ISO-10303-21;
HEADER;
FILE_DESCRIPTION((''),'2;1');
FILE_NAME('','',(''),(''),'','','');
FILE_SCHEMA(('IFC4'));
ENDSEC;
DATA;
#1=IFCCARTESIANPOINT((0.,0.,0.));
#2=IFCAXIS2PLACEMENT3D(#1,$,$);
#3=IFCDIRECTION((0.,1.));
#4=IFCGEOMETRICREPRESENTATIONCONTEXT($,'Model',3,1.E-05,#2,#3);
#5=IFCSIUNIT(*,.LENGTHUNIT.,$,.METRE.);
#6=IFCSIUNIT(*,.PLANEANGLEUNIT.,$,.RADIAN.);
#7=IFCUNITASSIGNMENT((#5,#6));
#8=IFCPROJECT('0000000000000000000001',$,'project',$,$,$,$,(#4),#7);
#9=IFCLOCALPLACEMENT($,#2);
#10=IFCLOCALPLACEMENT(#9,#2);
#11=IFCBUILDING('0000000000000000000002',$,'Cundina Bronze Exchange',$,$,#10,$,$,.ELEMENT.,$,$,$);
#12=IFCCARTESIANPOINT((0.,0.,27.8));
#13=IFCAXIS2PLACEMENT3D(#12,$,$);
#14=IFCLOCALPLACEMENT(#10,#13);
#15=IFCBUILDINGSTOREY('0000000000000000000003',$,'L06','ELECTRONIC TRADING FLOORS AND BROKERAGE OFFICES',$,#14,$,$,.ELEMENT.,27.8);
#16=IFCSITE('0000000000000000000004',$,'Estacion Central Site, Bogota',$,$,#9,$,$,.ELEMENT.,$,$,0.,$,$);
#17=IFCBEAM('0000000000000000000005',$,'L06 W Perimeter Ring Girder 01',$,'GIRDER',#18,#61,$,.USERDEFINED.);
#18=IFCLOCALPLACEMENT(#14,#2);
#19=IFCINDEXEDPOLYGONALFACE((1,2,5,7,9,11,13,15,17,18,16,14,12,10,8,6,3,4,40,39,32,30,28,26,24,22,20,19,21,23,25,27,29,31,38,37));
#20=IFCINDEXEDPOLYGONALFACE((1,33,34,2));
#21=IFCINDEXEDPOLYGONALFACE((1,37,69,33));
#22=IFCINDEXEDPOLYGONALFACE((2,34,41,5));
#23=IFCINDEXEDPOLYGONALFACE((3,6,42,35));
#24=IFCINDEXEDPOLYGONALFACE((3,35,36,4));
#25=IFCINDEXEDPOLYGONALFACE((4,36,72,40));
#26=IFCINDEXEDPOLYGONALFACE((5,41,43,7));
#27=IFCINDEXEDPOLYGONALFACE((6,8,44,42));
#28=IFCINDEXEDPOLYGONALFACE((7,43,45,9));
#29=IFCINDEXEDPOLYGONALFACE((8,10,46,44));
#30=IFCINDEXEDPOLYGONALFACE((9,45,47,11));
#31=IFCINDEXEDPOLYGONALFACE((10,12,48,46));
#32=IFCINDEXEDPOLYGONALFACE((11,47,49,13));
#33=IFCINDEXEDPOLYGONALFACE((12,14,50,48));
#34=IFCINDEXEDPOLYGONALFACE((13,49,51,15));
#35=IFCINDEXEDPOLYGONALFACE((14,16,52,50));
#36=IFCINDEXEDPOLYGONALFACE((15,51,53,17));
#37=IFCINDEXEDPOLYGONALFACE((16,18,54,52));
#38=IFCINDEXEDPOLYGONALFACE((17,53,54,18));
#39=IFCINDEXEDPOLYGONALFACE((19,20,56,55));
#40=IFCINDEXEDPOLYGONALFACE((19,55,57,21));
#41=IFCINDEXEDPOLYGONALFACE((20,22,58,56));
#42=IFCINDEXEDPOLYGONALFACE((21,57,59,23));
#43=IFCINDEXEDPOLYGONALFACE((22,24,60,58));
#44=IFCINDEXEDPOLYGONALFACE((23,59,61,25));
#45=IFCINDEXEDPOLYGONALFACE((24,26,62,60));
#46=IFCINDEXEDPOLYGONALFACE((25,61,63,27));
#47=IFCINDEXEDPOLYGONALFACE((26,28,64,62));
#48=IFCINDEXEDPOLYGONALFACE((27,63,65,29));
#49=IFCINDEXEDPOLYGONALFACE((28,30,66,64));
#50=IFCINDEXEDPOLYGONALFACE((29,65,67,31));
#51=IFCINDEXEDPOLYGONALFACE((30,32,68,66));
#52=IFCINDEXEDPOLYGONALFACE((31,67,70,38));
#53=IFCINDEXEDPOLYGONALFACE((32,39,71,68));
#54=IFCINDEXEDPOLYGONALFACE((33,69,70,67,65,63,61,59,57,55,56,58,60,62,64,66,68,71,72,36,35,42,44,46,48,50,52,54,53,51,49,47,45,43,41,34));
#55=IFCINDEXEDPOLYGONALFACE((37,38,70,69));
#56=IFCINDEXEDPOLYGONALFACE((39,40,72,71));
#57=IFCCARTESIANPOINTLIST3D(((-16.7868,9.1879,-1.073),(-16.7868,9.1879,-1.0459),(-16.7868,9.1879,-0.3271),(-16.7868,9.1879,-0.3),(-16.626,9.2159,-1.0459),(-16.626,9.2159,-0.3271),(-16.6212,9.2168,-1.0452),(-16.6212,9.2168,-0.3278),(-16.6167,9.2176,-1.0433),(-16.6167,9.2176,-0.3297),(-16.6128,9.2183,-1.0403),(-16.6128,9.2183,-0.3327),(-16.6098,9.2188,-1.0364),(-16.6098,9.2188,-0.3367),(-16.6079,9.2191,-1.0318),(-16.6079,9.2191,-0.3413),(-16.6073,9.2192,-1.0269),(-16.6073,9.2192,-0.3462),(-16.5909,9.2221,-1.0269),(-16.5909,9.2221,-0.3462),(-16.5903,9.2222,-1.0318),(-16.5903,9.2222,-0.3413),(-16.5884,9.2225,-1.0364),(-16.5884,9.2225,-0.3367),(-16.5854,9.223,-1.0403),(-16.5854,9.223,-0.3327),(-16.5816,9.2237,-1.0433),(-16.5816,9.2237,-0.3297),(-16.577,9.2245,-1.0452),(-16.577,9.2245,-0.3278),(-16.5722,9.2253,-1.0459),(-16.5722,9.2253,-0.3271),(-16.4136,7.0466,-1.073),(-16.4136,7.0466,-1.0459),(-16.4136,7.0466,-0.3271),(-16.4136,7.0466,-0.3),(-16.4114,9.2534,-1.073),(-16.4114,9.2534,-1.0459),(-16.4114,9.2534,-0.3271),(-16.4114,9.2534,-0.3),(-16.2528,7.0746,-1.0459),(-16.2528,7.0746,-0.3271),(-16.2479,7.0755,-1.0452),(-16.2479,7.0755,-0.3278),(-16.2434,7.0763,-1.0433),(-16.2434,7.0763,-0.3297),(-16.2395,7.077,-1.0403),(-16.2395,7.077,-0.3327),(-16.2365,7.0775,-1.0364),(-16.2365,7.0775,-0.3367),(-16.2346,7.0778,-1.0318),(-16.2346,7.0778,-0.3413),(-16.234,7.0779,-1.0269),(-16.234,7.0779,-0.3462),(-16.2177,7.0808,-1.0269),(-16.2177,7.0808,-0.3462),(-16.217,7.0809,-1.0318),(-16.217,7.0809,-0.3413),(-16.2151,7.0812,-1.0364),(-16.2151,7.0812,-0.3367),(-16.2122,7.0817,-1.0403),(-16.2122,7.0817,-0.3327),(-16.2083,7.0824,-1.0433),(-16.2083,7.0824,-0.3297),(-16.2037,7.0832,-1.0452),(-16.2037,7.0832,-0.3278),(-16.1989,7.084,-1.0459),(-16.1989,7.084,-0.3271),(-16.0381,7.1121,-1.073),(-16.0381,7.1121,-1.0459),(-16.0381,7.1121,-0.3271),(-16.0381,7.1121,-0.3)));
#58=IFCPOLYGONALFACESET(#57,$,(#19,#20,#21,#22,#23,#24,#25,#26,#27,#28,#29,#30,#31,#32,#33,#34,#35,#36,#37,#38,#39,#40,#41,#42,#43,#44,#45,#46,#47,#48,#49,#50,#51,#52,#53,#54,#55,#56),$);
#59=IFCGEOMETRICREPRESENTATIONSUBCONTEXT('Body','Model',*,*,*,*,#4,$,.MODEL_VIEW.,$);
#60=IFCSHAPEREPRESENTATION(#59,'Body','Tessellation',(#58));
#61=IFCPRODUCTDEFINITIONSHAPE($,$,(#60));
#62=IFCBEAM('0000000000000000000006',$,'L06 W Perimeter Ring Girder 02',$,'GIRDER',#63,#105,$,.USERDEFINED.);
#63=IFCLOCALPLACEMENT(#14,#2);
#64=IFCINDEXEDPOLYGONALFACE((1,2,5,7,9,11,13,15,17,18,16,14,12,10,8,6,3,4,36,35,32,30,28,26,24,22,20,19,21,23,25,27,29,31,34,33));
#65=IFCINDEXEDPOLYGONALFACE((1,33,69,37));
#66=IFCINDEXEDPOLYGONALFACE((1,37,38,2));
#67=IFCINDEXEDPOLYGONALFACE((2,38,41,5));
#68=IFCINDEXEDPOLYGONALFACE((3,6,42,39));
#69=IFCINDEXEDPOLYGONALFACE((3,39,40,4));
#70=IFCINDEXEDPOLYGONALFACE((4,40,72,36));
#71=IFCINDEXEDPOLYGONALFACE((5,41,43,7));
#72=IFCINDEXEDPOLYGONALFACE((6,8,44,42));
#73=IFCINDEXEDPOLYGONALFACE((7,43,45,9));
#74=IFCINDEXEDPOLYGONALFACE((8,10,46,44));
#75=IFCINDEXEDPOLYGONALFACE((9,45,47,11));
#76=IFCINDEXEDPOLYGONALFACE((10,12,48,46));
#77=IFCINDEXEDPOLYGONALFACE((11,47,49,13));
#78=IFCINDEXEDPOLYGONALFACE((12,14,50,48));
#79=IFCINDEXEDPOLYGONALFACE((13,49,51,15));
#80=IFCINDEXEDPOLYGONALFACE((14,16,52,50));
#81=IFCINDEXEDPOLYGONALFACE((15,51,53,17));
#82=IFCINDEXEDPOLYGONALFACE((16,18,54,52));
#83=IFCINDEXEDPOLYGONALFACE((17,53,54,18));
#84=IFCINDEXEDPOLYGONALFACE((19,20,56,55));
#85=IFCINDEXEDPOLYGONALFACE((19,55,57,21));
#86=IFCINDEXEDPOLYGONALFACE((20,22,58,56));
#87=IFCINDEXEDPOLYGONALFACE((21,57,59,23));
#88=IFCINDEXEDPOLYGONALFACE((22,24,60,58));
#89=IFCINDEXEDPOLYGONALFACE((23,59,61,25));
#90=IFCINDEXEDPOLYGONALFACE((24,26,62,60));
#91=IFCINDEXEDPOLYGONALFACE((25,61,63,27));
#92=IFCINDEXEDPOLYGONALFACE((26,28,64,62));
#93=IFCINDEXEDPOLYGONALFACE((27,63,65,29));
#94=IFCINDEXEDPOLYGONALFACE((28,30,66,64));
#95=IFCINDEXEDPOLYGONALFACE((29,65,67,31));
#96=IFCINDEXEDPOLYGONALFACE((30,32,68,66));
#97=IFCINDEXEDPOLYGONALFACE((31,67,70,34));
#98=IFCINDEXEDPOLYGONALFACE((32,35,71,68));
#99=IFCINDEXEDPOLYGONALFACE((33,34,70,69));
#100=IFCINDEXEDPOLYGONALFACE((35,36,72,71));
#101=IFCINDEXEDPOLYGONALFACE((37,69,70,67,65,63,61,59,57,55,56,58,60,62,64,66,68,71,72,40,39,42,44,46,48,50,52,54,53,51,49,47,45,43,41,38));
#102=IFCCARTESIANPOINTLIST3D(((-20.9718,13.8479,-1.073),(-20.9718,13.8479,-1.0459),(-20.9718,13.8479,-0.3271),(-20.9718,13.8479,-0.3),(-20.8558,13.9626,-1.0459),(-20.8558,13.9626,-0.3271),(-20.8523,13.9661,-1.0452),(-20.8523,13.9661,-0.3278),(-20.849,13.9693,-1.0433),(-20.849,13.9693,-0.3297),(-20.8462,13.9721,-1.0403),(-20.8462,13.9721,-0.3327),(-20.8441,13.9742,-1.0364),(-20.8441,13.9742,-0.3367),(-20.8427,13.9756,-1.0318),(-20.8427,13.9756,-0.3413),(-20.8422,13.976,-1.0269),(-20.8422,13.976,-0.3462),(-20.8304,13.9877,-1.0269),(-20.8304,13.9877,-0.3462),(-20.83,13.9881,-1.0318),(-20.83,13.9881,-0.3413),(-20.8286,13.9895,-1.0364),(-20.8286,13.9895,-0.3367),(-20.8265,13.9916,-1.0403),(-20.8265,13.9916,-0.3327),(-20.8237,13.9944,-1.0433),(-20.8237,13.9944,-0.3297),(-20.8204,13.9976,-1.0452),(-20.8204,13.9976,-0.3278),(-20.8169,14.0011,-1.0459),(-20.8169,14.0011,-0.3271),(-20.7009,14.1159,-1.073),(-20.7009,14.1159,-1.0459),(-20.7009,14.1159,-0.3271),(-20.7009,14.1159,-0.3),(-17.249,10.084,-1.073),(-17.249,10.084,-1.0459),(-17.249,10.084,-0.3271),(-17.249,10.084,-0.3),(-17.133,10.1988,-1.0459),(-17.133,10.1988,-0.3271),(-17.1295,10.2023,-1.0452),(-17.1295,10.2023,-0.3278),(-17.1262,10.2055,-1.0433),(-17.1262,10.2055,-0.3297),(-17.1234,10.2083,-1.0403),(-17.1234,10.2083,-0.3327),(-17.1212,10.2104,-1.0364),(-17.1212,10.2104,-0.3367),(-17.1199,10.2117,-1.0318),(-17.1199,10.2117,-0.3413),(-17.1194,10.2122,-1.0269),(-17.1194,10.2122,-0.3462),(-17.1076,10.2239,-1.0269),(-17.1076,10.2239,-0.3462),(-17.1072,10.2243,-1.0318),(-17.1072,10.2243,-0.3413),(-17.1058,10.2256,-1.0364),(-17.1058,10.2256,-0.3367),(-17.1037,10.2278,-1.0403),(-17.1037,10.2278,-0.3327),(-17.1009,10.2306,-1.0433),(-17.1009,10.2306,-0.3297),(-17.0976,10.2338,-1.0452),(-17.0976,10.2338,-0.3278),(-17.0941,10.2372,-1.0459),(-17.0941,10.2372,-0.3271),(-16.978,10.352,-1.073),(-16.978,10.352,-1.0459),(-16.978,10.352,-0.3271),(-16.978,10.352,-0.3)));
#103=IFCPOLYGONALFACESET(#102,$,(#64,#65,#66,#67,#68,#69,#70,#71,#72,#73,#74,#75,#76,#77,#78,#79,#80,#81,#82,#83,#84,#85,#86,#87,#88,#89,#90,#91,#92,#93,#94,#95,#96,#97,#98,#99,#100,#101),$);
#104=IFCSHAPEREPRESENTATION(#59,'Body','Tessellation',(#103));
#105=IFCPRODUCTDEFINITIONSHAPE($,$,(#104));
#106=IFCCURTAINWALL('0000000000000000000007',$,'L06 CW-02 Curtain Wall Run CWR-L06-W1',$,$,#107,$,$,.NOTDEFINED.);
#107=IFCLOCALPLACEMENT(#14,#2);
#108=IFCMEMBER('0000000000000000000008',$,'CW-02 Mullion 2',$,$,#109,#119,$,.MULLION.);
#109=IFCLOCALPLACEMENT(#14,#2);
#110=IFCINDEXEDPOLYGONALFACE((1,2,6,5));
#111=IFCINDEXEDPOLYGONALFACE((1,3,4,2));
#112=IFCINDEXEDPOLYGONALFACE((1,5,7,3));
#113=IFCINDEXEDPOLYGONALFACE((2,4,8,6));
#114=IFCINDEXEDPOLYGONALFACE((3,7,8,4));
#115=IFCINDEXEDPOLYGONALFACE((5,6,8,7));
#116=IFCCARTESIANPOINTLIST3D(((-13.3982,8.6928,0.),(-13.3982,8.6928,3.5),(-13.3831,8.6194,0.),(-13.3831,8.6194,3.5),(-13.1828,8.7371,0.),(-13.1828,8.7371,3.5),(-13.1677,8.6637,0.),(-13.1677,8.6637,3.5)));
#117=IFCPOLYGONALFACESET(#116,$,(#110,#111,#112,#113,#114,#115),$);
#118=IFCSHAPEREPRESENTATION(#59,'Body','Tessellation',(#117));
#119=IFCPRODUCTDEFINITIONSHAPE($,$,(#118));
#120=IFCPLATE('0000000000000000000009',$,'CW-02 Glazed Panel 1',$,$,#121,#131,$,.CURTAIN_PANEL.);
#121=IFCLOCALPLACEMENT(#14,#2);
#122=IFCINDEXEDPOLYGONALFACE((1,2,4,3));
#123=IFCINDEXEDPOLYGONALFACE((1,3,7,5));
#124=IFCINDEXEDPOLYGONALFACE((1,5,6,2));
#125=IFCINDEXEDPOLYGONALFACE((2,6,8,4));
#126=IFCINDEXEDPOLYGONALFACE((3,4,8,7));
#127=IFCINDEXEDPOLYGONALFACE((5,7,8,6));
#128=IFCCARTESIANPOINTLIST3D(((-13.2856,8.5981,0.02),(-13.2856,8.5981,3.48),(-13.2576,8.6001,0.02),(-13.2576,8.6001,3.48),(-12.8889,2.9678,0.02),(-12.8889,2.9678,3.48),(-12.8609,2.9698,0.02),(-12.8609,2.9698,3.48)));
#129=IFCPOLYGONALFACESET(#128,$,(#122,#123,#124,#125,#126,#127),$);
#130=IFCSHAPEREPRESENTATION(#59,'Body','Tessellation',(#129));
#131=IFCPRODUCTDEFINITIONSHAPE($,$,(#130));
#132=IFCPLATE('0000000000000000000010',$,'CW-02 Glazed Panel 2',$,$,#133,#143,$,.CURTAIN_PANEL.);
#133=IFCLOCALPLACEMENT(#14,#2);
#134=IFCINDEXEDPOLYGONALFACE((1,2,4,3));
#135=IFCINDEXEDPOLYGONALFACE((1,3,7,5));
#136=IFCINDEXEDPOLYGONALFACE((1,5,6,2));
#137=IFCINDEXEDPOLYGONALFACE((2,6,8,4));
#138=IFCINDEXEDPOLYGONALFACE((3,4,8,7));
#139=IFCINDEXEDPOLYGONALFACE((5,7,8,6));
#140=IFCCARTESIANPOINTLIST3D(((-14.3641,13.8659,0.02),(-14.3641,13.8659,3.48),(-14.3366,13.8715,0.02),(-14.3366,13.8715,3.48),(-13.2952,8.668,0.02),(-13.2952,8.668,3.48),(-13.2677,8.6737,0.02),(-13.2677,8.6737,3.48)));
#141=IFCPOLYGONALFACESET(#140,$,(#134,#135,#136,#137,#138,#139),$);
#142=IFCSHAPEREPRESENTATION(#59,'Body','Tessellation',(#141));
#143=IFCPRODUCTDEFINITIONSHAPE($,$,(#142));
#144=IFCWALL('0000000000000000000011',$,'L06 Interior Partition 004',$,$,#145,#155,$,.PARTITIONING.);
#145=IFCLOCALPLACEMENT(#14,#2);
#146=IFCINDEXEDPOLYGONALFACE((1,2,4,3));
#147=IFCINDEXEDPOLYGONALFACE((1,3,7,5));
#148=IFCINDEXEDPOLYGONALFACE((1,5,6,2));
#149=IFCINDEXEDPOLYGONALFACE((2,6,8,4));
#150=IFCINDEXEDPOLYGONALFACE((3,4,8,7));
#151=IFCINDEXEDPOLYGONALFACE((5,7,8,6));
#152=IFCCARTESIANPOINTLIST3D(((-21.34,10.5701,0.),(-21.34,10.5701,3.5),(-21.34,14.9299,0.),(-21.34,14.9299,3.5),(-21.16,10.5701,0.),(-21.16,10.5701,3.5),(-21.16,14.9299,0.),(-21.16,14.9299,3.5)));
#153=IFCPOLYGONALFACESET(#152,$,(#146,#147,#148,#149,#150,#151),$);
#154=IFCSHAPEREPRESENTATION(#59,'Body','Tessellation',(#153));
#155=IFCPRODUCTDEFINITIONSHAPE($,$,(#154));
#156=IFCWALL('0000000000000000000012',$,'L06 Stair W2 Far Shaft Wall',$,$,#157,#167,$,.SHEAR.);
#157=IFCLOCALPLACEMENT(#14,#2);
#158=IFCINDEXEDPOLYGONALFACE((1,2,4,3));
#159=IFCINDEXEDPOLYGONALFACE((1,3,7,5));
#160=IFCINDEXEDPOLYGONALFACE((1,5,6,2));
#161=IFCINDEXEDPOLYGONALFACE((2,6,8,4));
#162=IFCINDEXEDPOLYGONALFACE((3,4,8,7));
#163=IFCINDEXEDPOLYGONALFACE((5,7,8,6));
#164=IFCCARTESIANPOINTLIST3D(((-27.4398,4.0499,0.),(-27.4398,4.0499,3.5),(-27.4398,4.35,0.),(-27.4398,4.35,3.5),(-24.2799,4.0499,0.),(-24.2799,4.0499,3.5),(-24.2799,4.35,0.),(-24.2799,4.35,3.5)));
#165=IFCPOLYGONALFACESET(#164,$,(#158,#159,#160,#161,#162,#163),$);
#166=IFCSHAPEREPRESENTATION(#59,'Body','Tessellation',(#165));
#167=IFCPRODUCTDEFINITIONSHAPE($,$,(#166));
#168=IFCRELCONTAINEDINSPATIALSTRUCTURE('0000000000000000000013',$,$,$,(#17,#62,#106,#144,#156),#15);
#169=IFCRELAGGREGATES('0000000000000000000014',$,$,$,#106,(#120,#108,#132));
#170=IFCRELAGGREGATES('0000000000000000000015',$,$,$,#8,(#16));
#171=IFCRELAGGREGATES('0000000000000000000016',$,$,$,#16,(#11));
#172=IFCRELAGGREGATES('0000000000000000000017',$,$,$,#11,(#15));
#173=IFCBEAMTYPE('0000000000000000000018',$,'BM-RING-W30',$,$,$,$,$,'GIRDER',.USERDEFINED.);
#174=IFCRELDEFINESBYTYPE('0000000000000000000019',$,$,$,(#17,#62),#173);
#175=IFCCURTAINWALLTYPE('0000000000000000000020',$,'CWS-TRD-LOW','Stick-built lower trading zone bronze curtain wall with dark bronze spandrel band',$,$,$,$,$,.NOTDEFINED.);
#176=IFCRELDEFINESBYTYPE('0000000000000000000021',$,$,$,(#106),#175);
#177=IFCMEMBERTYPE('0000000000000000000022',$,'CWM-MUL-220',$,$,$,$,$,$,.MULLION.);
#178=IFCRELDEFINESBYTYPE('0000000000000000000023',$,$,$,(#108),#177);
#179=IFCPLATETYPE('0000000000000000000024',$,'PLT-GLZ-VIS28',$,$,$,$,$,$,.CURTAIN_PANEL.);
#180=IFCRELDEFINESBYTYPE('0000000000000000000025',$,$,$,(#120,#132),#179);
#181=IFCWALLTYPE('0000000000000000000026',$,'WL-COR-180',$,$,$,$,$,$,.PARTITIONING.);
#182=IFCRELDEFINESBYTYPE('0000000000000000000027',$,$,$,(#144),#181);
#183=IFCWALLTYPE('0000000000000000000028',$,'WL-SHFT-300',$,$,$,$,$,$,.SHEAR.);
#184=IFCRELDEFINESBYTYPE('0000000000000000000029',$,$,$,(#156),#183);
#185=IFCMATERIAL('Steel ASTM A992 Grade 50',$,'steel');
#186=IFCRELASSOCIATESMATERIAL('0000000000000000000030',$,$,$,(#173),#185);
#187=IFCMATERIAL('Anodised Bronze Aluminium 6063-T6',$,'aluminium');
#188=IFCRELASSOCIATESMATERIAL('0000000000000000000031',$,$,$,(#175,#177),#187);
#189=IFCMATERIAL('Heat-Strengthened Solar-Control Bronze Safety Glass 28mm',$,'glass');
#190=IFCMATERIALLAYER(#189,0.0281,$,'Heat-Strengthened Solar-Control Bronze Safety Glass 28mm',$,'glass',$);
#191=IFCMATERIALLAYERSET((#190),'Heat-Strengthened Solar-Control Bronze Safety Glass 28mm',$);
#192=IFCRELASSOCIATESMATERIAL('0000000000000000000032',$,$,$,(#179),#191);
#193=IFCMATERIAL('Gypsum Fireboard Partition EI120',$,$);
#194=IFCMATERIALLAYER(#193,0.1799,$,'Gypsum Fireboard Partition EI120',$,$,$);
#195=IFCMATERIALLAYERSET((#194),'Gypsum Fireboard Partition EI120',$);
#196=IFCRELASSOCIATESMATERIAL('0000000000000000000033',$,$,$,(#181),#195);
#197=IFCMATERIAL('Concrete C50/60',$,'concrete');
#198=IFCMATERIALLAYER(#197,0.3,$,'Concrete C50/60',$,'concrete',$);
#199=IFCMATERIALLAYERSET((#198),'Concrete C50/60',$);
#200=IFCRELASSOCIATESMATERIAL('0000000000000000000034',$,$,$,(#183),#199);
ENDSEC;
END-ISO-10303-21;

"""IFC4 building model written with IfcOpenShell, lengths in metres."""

from ifc_helpers import new_model, si_unit, direction, frame, frame_2d, origin, origin_2d, place, context, subcontext, project, spatial, rectangle, i_section, extrude, material, layer, layer_set, material_profile, profile_set, type_object, element, aggregate, save


model = new_model("IFC4")

# Units and contexts
model_context = context("Model", 3, precision=1e-05, world=origin(), true_north=direction((0.0, 1.0)))
body_context = subcontext(model_context, "Body", "Model", "MODEL_VIEW")
ifc_project = project(units=[si_unit("LENGTHUNIT", "METRE"), si_unit("PLANEANGLEUNIT", "RADIAN")], contexts=[model_context])

# Site, building, storey
site_placement = place(None, origin())
site = spatial("IfcSite", under=ifc_project, at=site_placement, Name="Estacion Central Site, Bogota", CompositionType="ELEMENT", RefElevation=0.0)
building_placement = place(site_placement, origin())
building = spatial("IfcBuilding", under=site, at=building_placement, Name="Cundina Bronze Exchange", CompositionType="ELEMENT")
storey_placement = place(building_placement, frame((0.0, 0.0, 27.8)))
storey = spatial("IfcBuildingStorey", under=building, at=storey_placement, Name="L06", Description="ELECTRONIC TRADING FLOORS AND BROKERAGE OFFICES", CompositionType="ELEMENT", Elevation=27.8)

# Beams
ifc_material_1 = material(Name="Steel ASTM A992 Grade 50", Category="steel")
ifc_material_profile_1 = material_profile(ifc_material_1, i_section(OverallWidth=0.3811, OverallDepth=0.7729, WebThickness=0.0166, FlangeThickness=0.0271, FilletRadius=0.019, at=origin_2d()), Name="W30X173", Category="steel")
ifc_profile_set_1 = profile_set([ifc_material_profile_1], Name="Steel ASTM A992 Grade 50")
beam_type_1 = type_object("IfcBeamType", Name="BM-RING-W30", ElementType="GIRDER", PredefinedType="USERDEFINED", material=ifc_profile_set_1)
beam_1_placement = place(storey_placement, frame((-16.2258, 7.0793, -0.6865), z_axis=(-0.171735, 0.985143, 0.0), x_axis=(-0.985143, -0.171735, 0.0)))
element("IfcBeam", 1, at=beam_1_placement, inside=storey, type_object=beam_type_1, Name="L06 W Perimeter Ring Girder 01", ObjectType="GIRDER", PredefinedType="USERDEFINED", context=body_context, shape_type="SweptSolid", body=[
    extrude(i_section(OverallWidth=0.3811, OverallDepth=0.7729, WebThickness=0.0166, FlangeThickness=0.0271, FilletRadius=0.019, at=origin_2d()), origin(), (0.0, 0.0, 1.0), 2.1736),
])
beam_2_placement = place(storey_placement, frame((-17.1135, 10.218, -0.6865), z_axis=(-0.703222, 0.71097, 0.0), x_axis=(-0.71097, -0.703222, 0.0)))
element("IfcBeam", 2, at=beam_2_placement, inside=storey, type_object=beam_type_1, Name="L06 W Perimeter Ring Girder 02", ObjectType="GIRDER", PredefinedType="USERDEFINED", context=body_context, shape_type="SweptSolid", body=[
    extrude(i_section(OverallWidth=0.3811, OverallDepth=0.7729, WebThickness=0.0166, FlangeThickness=0.0271, FilletRadius=0.019, at=origin_2d()), origin(), (0.0, 0.0, 1.0), 5.2939),
])

# Curtain wall, member, plates
ifc_material_2 = material(Name="Anodised Bronze Aluminium 6063-T6", Category="aluminium")
curtain_wall_type = type_object("IfcCurtainWallType", Name="CWS-TRD-LOW", Description="Stick-built lower trading zone bronze curtain wall with dark bronze spandrel band", PredefinedType="NOTDEFINED", material=ifc_material_2)
curtain_wall_placement = place(storey_placement, origin())
curtain_wall = element("IfcCurtainWall", 3, at=curtain_wall_placement, inside=storey, type_object=curtain_wall_type, Name="L06 CW-02 Curtain Wall Run CWR-L06-W1", PredefinedType="NOTDEFINED")
ifc_material_profile_2 = material_profile(ifc_material_2, rectangle(XDim=0.075, YDim=0.22, at=origin_2d()), Name="AL75X220", Category="aluminium")
ifc_profile_set_2 = profile_set([ifc_material_profile_2], Name="Anodised Bronze Aluminium 6063-T6")
member_type = type_object("IfcMemberType", Name="CWM-MUL-220", PredefinedType="MULLION", material=ifc_profile_set_2)
member_placement = place(storey_placement, frame((-13.283, 8.6782, 0.0), z_axis=(0.0, 0.0, 1.0), x_axis=(-0.20142, 0.979505, 0.0)))
member = element("IfcMember", 4, at=member_placement, type_object=member_type, Name="CW-02 Mullion 2", PredefinedType="MULLION", context=body_context, shape_type="SweptSolid", body=[
    extrude(rectangle(XDim=0.075, YDim=0.22, at=origin_2d()), origin(), (0.0, 0.0, 1.0), 3.5),
])
ifc_material_3 = material(Name="Heat-Strengthened Solar-Control Bronze Safety Glass 28mm", Category="glass")
ifc_layer_1 = layer(ifc_material_3, 0.0281, Name="Heat-Strengthened Solar-Control Bronze Safety Glass 28mm", Category="glass")
ifc_layer_set_1 = layer_set([ifc_layer_1], Name="Heat-Strengthened Solar-Control Bronze Safety Glass 28mm")
plate_type = type_object("IfcPlateType", Name="PLT-GLZ-VIS28", PredefinedType="CURTAIN_PANEL", material=ifc_layer_set_1)
plate_1_placement = place(storey_placement, frame((-13.0732, 5.7839, 0.02), z_axis=(0.0, 0.0, 1.0), x_axis=(-0.070279, 0.997527, 0.0)))
plate_1 = element("IfcPlate", 5, at=plate_1_placement, type_object=plate_type, Name="CW-02 Glazed Panel 1", PredefinedType="CURTAIN_PANEL", context=body_context, shape_type="SweptSolid", body=[
    extrude(rectangle(XDim=5.6443, YDim=0.0281, at=origin_2d()), origin(), (0.0, 0.0, 1.0), 3.46),
])
plate_2_placement = place(storey_placement, frame((-13.8159, 11.2698, 0.02), z_axis=(0.0, 0.0, 1.0), x_axis=(-0.20142, 0.979505, 0.0)))
plate_2 = element("IfcPlate", 6, at=plate_2_placement, type_object=plate_type, Name="CW-02 Glazed Panel 2", PredefinedType="CURTAIN_PANEL", context=body_context, shape_type="SweptSolid", body=[
    extrude(rectangle(XDim=5.3066, YDim=0.0281, at=origin_2d()), origin(), (0.0, 0.0, 1.0), 3.46),
])
aggregate(curtain_wall, [plate_1, member, plate_2])

# Walls
ifc_material_4 = material(Name="Gypsum Fireboard Partition EI120")
ifc_layer_2 = layer(ifc_material_4, 0.1799, Name="Gypsum Fireboard Partition EI120")
ifc_layer_set_2 = layer_set([ifc_layer_2], Name="Gypsum Fireboard Partition EI120")
wall_type_1 = type_object("IfcWallType", Name="WL-COR-180", PredefinedType="PARTITIONING", material=ifc_layer_set_2)
wall_1_placement = place(storey_placement, frame((-21.25, 10.5701, 0.0), z_axis=(0.0, 0.0, 1.0), x_axis=(0.0, 1.0, 0.0)))
element("IfcWall", 7, at=wall_1_placement, inside=storey, type_object=wall_type_1, Name="L06 Interior Partition 004", PredefinedType="PARTITIONING", context=body_context, shape_type="SweptSolid", body=[
    extrude(rectangle(XDim=4.3599, YDim=0.1799, at=frame_2d((2.1799, 0.0))), origin(), (0.0, 0.0, 1.0), 3.5),
])
ifc_material_5 = material(Name="Concrete C50/60", Category="concrete")
ifc_layer_3 = layer(ifc_material_5, 0.3, Name="Concrete C50/60", Category="concrete")
ifc_layer_set_3 = layer_set([ifc_layer_3], Name="Concrete C50/60")
wall_type_2 = type_object("IfcWallType", Name="WL-SHFT-300", PredefinedType="SHEAR", material=ifc_layer_set_3)
wall_2_placement = place(storey_placement, frame((-27.4399, 4.2, 0.0), z_axis=(0.0, 0.0, 1.0), x_axis=(1.0, 0.0, 0.0)))
element("IfcWall", 8, at=wall_2_placement, inside=storey, type_object=wall_type_2, Name="L06 Stair W2 Far Shaft Wall", PredefinedType="SHEAR", context=body_context, shape_type="SweptSolid", body=[
    extrude(rectangle(XDim=3.1599, YDim=0.3, at=frame_2d((1.5801, 0.0))), origin(), (0.0, 0.0, 1.0), 3.5),
])

save(model, "model.ifc")
